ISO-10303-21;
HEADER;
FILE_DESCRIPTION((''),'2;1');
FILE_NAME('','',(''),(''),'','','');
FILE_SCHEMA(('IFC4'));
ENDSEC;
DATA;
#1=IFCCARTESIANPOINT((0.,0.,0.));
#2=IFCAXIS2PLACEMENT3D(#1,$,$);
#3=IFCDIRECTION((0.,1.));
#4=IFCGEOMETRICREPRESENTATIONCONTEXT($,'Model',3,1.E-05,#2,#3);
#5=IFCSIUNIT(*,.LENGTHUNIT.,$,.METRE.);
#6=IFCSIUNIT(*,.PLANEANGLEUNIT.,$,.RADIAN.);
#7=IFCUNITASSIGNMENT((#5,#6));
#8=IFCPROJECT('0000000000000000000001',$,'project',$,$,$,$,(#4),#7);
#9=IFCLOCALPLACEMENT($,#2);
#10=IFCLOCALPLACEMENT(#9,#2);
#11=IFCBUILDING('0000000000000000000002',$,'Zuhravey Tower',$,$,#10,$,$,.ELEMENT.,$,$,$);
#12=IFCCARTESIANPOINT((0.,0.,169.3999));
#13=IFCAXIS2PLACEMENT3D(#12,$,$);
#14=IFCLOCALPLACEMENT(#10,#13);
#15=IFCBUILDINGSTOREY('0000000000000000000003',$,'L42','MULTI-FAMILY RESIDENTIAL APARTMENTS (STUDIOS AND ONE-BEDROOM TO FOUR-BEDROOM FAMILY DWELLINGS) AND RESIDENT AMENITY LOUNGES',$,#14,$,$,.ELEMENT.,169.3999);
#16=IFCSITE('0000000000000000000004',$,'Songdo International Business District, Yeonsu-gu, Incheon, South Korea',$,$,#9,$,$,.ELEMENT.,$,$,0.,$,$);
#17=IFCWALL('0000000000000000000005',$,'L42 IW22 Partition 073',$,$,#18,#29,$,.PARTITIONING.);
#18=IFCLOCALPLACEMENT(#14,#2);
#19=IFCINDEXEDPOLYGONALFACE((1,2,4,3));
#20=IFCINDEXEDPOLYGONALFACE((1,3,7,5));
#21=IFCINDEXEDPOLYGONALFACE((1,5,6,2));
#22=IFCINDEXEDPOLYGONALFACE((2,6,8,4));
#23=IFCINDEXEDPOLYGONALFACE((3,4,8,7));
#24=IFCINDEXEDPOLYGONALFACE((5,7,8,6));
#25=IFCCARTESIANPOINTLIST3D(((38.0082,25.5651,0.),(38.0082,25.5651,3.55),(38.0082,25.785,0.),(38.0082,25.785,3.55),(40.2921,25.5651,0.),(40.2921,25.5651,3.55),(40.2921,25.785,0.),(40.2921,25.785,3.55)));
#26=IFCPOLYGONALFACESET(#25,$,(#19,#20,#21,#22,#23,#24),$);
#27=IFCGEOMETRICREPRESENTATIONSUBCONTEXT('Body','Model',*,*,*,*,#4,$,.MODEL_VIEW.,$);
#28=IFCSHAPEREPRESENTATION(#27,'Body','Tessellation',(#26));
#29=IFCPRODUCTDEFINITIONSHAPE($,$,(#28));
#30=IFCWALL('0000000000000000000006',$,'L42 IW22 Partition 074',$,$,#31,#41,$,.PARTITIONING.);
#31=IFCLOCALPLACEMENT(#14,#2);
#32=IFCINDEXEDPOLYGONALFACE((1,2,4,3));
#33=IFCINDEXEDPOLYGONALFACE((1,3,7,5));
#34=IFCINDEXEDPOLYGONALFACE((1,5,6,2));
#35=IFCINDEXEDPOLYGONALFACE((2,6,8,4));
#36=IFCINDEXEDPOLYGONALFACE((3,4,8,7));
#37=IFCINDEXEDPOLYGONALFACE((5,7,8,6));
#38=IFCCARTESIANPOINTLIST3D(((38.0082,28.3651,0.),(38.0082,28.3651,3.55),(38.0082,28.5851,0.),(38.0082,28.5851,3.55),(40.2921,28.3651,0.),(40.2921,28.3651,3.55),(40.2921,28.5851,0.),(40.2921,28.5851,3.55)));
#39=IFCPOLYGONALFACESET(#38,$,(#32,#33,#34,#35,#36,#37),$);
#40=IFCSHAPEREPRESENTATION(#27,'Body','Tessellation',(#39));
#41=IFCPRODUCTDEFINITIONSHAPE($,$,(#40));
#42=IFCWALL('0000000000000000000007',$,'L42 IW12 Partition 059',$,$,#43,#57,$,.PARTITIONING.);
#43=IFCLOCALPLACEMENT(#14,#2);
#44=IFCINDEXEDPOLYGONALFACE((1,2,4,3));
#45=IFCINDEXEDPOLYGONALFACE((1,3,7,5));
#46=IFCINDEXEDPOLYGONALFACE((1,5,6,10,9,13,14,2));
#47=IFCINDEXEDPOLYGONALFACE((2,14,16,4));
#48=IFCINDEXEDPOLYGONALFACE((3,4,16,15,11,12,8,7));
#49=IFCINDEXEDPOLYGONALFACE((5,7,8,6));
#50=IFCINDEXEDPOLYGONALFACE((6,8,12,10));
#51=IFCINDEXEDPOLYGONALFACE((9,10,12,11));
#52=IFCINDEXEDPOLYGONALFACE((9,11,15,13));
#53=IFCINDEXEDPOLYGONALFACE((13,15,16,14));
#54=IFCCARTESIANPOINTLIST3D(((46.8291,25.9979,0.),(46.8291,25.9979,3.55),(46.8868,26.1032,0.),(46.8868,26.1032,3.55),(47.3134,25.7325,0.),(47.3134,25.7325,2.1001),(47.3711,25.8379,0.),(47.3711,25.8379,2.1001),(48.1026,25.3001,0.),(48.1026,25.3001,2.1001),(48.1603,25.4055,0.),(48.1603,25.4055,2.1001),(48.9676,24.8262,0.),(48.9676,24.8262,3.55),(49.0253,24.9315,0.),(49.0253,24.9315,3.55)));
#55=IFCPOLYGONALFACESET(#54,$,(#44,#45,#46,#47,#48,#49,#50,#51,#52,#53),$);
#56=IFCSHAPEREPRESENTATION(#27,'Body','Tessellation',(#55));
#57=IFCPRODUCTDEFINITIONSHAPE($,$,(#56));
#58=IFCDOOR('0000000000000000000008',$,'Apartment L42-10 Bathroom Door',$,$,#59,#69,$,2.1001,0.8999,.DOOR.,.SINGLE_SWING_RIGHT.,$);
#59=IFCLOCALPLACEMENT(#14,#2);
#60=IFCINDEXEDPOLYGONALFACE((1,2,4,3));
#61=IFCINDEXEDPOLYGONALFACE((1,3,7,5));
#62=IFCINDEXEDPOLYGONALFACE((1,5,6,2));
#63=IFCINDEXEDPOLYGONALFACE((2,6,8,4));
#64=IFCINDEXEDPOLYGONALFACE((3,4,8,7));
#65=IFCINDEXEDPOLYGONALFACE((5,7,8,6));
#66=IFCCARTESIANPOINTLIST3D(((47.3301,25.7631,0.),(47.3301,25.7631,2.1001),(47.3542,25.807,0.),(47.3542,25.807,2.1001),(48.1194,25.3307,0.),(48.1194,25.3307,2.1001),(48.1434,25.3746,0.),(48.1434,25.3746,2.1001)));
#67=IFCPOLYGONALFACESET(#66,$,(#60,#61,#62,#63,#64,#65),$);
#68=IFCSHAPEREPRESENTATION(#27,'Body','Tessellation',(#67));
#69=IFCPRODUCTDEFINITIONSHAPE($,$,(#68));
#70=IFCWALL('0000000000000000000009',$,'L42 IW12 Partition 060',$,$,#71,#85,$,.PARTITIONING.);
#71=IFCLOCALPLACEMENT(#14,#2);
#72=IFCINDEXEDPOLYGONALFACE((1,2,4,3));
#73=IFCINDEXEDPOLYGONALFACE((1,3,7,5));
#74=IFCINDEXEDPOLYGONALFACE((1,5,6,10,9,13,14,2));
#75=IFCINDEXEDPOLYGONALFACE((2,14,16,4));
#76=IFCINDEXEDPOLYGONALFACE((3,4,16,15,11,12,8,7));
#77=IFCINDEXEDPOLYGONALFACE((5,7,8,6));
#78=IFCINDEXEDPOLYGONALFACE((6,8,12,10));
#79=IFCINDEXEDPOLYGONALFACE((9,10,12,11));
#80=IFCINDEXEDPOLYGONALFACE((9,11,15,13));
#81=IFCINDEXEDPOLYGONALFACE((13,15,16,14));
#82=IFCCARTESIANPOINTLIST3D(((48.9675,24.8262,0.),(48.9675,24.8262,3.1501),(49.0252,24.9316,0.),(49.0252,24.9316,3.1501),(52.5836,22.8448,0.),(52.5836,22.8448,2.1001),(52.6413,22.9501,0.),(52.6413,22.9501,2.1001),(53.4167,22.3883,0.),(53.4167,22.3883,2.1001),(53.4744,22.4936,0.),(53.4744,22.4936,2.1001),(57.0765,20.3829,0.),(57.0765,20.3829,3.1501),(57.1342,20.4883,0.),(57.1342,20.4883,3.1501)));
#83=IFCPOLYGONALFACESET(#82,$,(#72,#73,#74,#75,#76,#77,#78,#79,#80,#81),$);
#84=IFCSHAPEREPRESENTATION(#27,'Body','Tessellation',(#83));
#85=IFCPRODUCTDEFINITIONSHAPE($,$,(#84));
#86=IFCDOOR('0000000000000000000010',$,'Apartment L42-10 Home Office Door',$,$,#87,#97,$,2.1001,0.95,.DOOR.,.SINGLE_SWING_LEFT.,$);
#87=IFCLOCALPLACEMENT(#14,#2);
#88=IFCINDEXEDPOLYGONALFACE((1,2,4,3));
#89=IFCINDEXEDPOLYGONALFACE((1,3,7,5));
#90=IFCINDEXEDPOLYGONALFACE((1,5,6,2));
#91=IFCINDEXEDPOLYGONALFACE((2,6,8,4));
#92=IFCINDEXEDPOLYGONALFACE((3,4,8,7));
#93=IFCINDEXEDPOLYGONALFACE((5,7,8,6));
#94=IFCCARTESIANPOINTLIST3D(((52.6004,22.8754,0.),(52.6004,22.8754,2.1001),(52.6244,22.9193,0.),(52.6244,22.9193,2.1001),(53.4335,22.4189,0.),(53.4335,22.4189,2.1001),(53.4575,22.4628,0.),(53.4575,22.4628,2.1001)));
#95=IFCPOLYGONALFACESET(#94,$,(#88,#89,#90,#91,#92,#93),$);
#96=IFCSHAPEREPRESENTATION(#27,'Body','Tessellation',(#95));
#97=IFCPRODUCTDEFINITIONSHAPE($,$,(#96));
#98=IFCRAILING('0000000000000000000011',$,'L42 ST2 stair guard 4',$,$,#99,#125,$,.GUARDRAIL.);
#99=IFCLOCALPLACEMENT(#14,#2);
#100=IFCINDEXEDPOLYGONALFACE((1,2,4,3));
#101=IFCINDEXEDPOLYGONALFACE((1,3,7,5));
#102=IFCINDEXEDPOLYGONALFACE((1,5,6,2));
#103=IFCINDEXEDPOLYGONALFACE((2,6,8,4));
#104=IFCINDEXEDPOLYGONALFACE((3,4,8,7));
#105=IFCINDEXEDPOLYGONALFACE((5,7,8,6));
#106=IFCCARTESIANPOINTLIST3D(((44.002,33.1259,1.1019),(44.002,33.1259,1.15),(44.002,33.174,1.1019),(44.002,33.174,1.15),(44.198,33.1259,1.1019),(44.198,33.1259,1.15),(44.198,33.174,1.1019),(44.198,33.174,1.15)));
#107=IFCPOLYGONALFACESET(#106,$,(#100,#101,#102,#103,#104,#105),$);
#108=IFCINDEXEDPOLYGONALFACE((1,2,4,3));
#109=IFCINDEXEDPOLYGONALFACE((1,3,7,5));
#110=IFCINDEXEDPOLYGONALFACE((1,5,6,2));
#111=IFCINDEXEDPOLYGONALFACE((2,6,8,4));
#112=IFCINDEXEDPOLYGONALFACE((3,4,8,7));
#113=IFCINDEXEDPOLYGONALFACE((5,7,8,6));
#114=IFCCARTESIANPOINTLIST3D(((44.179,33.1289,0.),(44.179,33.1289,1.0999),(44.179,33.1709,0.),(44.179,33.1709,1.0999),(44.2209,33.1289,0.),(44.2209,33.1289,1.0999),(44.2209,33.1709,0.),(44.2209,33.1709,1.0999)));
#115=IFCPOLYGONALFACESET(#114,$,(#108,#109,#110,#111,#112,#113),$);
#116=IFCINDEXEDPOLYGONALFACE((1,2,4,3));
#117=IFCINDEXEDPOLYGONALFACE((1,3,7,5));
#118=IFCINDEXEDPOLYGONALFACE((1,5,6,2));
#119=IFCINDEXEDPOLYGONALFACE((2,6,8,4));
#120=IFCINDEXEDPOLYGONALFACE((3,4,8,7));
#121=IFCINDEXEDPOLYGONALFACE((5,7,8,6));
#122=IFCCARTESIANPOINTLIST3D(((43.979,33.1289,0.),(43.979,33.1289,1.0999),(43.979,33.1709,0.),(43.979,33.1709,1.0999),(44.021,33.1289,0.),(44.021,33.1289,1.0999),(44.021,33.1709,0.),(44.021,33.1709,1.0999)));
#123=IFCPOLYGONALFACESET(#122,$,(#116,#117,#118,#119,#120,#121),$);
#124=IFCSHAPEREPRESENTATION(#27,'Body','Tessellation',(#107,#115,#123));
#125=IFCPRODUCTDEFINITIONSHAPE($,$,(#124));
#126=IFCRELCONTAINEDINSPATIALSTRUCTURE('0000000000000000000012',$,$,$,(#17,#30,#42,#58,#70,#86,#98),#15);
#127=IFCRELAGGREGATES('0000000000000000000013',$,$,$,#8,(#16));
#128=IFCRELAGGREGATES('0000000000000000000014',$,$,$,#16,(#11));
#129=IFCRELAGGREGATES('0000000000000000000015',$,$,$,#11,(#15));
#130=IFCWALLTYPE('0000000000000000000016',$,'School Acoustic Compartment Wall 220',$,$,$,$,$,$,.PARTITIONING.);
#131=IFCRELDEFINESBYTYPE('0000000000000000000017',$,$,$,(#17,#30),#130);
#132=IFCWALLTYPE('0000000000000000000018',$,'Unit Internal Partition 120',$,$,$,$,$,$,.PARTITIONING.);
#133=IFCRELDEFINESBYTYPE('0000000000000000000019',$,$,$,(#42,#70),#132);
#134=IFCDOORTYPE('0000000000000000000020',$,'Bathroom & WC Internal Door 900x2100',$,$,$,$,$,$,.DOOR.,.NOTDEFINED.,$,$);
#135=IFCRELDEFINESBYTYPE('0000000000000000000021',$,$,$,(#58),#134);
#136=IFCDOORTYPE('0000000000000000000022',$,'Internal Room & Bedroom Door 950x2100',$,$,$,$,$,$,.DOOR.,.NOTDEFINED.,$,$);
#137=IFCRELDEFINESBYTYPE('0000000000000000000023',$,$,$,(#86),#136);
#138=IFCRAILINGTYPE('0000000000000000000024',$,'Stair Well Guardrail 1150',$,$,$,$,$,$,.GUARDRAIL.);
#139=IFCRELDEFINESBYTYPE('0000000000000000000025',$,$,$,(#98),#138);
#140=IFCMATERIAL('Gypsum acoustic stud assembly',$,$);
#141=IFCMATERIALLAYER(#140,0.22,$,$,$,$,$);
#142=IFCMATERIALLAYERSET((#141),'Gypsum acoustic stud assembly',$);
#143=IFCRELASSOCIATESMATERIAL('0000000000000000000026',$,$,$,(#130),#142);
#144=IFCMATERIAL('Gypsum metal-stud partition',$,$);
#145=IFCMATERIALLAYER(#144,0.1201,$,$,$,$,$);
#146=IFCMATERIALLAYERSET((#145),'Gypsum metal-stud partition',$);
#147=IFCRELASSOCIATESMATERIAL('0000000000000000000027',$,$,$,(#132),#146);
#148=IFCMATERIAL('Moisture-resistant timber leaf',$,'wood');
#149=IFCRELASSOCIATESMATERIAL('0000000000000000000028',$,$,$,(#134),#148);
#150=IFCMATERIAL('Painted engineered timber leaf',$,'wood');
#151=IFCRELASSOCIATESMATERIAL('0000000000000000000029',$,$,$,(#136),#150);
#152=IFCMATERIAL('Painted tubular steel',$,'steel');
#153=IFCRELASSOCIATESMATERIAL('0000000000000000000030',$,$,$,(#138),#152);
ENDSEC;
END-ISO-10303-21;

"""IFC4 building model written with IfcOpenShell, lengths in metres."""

from ifc_helpers import new_model, si_unit, direction, frame, frame_2d, origin, origin_2d, place, context, subcontext, project, spatial, rectangle, extrude, material, layer, layer_set, type_object, element, fill, save


model = new_model("IFC4")

# Units and contexts
model_context = context("Model", 3, precision=1e-05, world=origin(), true_north=direction((0.0, 1.0)))
body_context = subcontext(model_context, "Body", "Model", "MODEL_VIEW")
ifc_project = project(units=[si_unit("LENGTHUNIT", "METRE"), si_unit("PLANEANGLEUNIT", "RADIAN")], contexts=[model_context])

# Site, building, storey
site_placement = place(None, origin())
site = spatial("IfcSite", under=ifc_project, at=site_placement, Name="Songdo International Business District, Yeonsu-gu, Incheon, South Korea", CompositionType="ELEMENT", RefElevation=0.0)
building_placement = place(site_placement, origin())
building = spatial("IfcBuilding", under=site, at=building_placement, Name="Zuhravey Tower", CompositionType="ELEMENT")
storey_placement = place(building_placement, frame((0.0, 0.0, 169.3999)))
storey = spatial("IfcBuildingStorey", under=building, at=storey_placement, Name="L42", Description="MULTI-FAMILY RESIDENTIAL APARTMENTS (STUDIOS AND ONE-BEDROOM TO FOUR-BEDROOM FAMILY DWELLINGS) AND RESIDENT AMENITY LOUNGES", CompositionType="ELEMENT", Elevation=169.3999)

# Walls
ifc_material_1 = material(Name="Gypsum acoustic stud assembly")
ifc_layer_1 = layer(ifc_material_1, 0.22)
ifc_layer_set_1 = layer_set([ifc_layer_1], Name="Gypsum acoustic stud assembly")
wall_type_1 = type_object("IfcWallType", Name="School Acoustic Compartment Wall 220", PredefinedType="PARTITIONING", material=ifc_layer_set_1)
for number, where, z_axis, x_axis, name in (
    (1, (38.0081, 25.675, 0.0), (0.0, 0.0, 1.0), (1.0, 0.0, 0.0), "L42 IW22 Partition 073"),
    (2, (38.0081, 28.4751, 0.0), (0.0, 0.0, 1.0), (1.0, 0.0, 0.0), "L42 IW22 Partition 074"),
):
    element("IfcWall", number, at=place(storey_placement, frame(where, z_axis=z_axis, x_axis=x_axis)), inside=storey, type_object=wall_type_1, Name=name, PredefinedType="PARTITIONING", context=body_context, shape_type="SweptSolid", body=[
        extrude(rectangle(XDim=2.2839, YDim=0.22, at=frame_2d((1.1421, 0.0))), origin(), (0.0, 0.0, 1.0), 3.55),
    ])

# Walls, openings, doors
ifc_material_2 = material(Name="Gypsum metal-stud partition")
ifc_layer_2 = layer(ifc_material_2, 0.1201)
ifc_layer_set_2 = layer_set([ifc_layer_2], Name="Gypsum metal-stud partition")
wall_type_2 = type_object("IfcWallType", Name="Unit Internal Partition 120", PredefinedType="PARTITIONING", material=ifc_layer_set_2)
wall_1_placement = place(storey_placement, frame((46.8579, 26.0505, 0.0), z_axis=(0.0, 0.0, 1.0), x_axis=(0.876995, -0.4805, 0.0)))
wall_1 = element("IfcWall", 3, at=wall_1_placement, inside=storey, type_object=wall_type_2, Name="L42 IW12 Partition 059", PredefinedType="PARTITIONING", context=body_context, shape_type="SweptSolid", body=[
    extrude(rectangle(XDim=2.4385, YDim=0.1201, at=frame_2d((1.2192, 0.0))), origin(), (0.0, 0.0, 1.0), 3.55),
])
opening_1_placement = place(wall_1_placement, frame((0.5522, 0.0, 0.0)))
opening_1 = element("IfcOpeningElement", 4, at=opening_1_placement, cuts=wall_1, PredefinedType="OPENING", context=body_context, shape_type="SweptSolid", body=[
    extrude(rectangle(XDim=0.8999, YDim=2.1001, at=frame_2d((0.45, 1.05))), frame((0.0, 0.072, 0.0), z_axis=(0.0, -1.0, 0.0), x_axis=(1.0, 0.0, 0.0)), (0.0, 0.0, 1.0), 0.144),
])
ifc_material_3 = material(Name="Moisture-resistant timber leaf", Category="wood")
door_type_1 = type_object("IfcDoorType", Name="Bathroom & WC Internal Door 900x2100", OperationType="NOTDEFINED", PredefinedType="DOOR", material=ifc_material_3)
door_1_placement = place(opening_1_placement, origin())
door_1 = element("IfcDoor", 5, at=door_1_placement, inside=storey, type_object=door_type_1, Name="Apartment L42-10 Bathroom Door", OperationType="SINGLE_SWING_RIGHT", OverallHeight=2.1001, OverallWidth=0.8999, PredefinedType="DOOR", context=body_context, shape_type="SweptSolid", body=[
    extrude(rectangle(XDim=0.8999, YDim=2.1001, at=frame_2d((0.45, 1.05))), frame((0.0, 0.0249, 0.0), z_axis=(0.0, -1.0, 0.0), x_axis=(1.0, 0.0, 0.0)), (0.0, 0.0, 1.0), 0.05),
])
fill(opening_1, door_1)
wall_2_placement = place(storey_placement, frame((48.9963, 24.8789, 0.0), z_axis=(0.0, 0.0, 1.0), x_axis=(0.876976, -0.480535, 0.0)))
wall_2 = element("IfcWall", 6, at=wall_2_placement, inside=storey, type_object=wall_type_2, Name="L42 IW12 Partition 060", PredefinedType="PARTITIONING", context=body_context, shape_type="SweptSolid", body=[
    extrude(rectangle(XDim=9.2466, YDim=0.1201, at=frame_2d((4.6233, 0.0))), origin(), (0.0, 0.0, 1.0), 3.1501),
])
opening_2_placement = place(wall_2_placement, frame((4.1233, 0.0, 0.0)))
opening_2 = element("IfcOpeningElement", 7, at=opening_2_placement, cuts=wall_2, PredefinedType="OPENING", context=body_context, shape_type="SweptSolid", body=[
    extrude(rectangle(XDim=0.95, YDim=2.1001, at=frame_2d((0.4751, 1.05))), frame((0.0, 0.072, 0.0), z_axis=(0.0, -1.0, 0.0), x_axis=(1.0, 0.0, 0.0)), (0.0, 0.0, 1.0), 0.144),
])
ifc_material_4 = material(Name="Painted engineered timber leaf", Category="wood")
door_type_2 = type_object("IfcDoorType", Name="Internal Room & Bedroom Door 950x2100", OperationType="NOTDEFINED", PredefinedType="DOOR", material=ifc_material_4)
door_2_placement = place(opening_2_placement, origin())
door_2 = element("IfcDoor", 8, at=door_2_placement, inside=storey, type_object=door_type_2, Name="Apartment L42-10 Home Office Door", OperationType="SINGLE_SWING_LEFT", OverallHeight=2.1001, OverallWidth=0.95, PredefinedType="DOOR", context=body_context, shape_type="SweptSolid", body=[
    extrude(rectangle(XDim=0.95, YDim=2.1001, at=frame_2d((0.4751, 1.05))), frame((0.0, 0.0249, 0.0), z_axis=(0.0, -1.0, 0.0), x_axis=(1.0, 0.0, 0.0)), (0.0, 0.0, 1.0), 0.05),
])
fill(opening_2, door_2)

# Railing
ifc_material_5 = material(Name="Painted tubular steel", Category="steel")
railing_type = type_object("IfcRailingType", Name="Stair Well Guardrail 1150", PredefinedType="GUARDRAIL", material=ifc_material_5)
railing_placement = place(storey_placement, frame((44.2, 33.1499, 0.0)))
element("IfcRailing", 9, at=railing_placement, inside=storey, type_object=railing_type, Name="L42 ST2 stair guard 4", PredefinedType="GUARDRAIL", context=body_context, shape_type="SweptSolid", body=[
    extrude(rectangle(XDim=0.0481, YDim=0.0481, at=origin_2d()), frame((-0.002, 0.0, 1.126), z_axis=(-1.0, 0.0, 0.0), x_axis=(0.0, -1.0, 0.0)), (0.0, 0.0, 1.0), 0.196),
    extrude(rectangle(XDim=0.042, YDim=0.042, at=origin_2d()), origin(), (0.0, 0.0, 1.0), 1.0999),
    extrude(rectangle(XDim=0.042, YDim=0.042, at=origin_2d()), frame((-0.2, 0.0, 0.0)), (0.0, 0.0, 1.0), 1.0999),
])

save(model, "model.ifc")
